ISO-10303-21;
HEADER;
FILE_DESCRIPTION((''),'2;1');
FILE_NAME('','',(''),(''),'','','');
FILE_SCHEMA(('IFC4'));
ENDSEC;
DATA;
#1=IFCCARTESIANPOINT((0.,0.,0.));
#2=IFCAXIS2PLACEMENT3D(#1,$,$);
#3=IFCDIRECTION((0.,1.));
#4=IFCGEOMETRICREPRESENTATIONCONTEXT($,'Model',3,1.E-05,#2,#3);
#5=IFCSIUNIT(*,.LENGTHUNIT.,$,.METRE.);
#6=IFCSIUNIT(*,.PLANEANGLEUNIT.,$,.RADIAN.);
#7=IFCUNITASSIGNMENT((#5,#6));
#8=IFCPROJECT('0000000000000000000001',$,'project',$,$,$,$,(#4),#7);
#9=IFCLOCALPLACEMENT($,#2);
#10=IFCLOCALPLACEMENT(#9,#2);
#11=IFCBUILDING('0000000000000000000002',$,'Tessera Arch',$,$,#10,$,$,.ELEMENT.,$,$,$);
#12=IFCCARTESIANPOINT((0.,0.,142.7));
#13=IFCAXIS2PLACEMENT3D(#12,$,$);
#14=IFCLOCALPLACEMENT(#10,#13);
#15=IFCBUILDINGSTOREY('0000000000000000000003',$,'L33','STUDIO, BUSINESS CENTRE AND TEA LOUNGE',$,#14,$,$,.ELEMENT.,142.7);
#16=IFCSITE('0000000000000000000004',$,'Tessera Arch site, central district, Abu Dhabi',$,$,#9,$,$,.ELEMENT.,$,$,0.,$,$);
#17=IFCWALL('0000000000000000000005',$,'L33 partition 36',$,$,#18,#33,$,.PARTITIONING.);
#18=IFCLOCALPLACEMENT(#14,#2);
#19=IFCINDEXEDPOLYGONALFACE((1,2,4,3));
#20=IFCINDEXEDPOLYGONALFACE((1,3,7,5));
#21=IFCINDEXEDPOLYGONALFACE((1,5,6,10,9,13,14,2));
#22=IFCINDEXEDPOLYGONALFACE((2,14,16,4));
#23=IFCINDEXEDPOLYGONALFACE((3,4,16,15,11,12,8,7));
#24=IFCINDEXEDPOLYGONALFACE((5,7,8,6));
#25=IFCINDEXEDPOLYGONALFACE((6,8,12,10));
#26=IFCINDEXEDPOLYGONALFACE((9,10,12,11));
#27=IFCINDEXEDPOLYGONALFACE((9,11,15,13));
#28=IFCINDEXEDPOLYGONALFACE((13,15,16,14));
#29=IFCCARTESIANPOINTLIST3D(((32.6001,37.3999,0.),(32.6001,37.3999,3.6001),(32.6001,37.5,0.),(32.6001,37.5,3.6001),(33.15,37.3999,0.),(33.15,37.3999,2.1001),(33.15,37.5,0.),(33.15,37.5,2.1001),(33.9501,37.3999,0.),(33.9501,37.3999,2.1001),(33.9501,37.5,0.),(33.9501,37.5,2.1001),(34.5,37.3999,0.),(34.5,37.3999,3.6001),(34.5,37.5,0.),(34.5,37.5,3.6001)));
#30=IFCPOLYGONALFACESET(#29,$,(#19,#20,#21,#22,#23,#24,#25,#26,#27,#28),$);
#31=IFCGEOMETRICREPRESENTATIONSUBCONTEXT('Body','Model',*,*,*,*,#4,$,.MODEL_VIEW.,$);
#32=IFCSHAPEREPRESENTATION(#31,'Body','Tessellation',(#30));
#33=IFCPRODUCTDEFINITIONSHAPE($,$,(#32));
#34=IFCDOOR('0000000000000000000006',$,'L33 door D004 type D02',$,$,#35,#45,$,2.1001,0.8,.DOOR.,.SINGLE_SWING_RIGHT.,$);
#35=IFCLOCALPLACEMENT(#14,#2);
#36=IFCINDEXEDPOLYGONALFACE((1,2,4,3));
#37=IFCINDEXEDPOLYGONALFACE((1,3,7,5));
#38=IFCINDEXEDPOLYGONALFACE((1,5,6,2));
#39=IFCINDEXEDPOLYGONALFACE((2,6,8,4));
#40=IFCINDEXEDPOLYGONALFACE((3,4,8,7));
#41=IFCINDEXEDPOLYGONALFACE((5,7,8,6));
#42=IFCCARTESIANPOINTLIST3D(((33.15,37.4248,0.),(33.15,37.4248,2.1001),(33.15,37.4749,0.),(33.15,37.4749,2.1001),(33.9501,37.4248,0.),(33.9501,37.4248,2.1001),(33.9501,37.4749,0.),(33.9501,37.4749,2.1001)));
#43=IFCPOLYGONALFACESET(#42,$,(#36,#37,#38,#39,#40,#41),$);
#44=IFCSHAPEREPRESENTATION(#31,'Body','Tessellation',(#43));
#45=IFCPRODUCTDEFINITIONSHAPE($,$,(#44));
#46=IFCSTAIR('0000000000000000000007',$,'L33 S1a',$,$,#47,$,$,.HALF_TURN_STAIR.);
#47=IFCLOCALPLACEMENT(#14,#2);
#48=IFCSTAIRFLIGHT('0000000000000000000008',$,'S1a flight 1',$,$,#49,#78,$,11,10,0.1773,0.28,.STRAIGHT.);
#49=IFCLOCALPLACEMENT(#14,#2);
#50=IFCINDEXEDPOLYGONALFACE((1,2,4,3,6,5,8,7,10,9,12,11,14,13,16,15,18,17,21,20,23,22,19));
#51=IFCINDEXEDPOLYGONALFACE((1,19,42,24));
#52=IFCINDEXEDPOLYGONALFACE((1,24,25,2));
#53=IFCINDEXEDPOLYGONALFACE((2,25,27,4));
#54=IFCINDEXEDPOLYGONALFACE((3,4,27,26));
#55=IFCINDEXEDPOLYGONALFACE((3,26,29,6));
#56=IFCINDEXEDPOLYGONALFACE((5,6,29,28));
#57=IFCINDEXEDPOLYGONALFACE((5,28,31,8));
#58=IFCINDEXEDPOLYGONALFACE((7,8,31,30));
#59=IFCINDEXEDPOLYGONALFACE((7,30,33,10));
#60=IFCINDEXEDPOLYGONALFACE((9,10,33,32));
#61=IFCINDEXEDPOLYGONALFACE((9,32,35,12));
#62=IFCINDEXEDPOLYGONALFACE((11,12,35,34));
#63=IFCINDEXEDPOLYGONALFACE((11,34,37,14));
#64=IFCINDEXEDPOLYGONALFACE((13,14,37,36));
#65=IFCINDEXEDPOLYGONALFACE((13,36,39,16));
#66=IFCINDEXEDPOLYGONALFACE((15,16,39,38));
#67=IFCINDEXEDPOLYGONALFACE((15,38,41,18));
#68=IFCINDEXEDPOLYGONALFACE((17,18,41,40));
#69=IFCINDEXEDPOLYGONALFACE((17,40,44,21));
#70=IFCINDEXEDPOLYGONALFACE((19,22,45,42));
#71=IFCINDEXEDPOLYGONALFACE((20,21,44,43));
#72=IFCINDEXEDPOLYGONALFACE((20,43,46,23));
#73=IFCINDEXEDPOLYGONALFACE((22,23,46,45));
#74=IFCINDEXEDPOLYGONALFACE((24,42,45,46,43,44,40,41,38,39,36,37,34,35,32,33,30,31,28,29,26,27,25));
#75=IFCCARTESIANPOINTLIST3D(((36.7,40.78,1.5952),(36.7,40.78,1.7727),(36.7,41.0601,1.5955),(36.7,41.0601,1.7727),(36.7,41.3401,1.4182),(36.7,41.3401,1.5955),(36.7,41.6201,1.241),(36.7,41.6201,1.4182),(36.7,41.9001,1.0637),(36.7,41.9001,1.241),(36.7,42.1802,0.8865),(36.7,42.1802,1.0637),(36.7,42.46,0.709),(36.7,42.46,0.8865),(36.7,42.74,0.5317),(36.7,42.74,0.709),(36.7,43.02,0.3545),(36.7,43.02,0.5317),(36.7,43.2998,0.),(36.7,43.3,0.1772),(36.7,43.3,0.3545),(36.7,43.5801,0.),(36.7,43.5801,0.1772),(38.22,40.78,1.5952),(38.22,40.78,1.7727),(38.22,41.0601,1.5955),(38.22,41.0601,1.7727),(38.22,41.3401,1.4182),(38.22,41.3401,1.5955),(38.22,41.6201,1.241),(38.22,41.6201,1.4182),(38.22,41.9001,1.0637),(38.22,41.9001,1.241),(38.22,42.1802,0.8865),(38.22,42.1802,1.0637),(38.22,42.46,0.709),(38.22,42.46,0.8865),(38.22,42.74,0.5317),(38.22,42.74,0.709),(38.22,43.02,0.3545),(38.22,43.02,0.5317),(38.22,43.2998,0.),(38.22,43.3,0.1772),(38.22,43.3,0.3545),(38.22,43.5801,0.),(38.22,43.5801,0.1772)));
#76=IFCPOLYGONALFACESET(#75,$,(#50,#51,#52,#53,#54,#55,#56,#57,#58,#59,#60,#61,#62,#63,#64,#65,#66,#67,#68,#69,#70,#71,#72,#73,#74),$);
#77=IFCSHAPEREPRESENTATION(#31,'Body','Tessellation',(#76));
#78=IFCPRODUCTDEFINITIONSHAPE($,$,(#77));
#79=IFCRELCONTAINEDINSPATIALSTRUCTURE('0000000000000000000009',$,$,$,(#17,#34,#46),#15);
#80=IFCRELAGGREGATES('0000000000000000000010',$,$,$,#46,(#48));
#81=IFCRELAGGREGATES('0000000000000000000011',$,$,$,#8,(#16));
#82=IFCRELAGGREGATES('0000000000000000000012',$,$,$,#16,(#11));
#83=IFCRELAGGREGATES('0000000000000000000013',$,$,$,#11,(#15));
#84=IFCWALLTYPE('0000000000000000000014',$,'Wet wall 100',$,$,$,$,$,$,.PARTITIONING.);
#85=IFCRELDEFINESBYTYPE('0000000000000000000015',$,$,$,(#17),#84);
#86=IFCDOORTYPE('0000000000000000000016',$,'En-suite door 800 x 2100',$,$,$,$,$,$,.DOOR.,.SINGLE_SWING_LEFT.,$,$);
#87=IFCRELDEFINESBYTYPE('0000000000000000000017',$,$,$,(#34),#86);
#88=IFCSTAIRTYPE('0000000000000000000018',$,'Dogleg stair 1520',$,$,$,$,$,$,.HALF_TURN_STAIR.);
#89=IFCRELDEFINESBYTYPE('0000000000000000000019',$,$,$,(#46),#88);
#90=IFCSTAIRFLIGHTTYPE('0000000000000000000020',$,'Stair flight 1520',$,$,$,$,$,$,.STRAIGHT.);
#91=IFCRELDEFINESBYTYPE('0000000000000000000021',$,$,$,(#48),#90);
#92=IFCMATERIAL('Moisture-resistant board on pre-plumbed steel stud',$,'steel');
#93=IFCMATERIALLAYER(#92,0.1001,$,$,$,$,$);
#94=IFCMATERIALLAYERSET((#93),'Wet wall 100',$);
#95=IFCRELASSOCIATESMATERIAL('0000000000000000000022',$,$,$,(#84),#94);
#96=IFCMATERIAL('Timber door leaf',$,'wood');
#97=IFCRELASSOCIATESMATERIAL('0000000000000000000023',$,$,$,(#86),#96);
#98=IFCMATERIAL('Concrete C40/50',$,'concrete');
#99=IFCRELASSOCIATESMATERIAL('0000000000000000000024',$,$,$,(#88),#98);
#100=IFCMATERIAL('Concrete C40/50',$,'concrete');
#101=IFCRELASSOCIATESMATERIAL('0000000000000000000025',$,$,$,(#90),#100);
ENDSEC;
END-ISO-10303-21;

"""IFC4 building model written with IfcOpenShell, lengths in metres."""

from ifc_helpers import new_model, si_unit, direction, frame, frame_2d, origin, place, context, subcontext, project, spatial, polyline, rectangle, outline, extrude, material, layer, layer_set, type_object, element, fill, aggregate, save


model = new_model("IFC4")

# Units and contexts
model_context = context("Model", 3, precision=1e-05, world=origin(), true_north=direction((0.0, 1.0)))
body_context = subcontext(model_context, "Body", "Model", "MODEL_VIEW")
ifc_project = project(units=[si_unit("LENGTHUNIT", "METRE"), si_unit("PLANEANGLEUNIT", "RADIAN")], contexts=[model_context])

# Site, building, storey
site_placement = place(None, origin())
site = spatial("IfcSite", under=ifc_project, at=site_placement, Name="Tessera Arch site, central district, Abu Dhabi", CompositionType="ELEMENT", RefElevation=0.0)
building_placement = place(site_placement, origin())
building = spatial("IfcBuilding", under=site, at=building_placement, Name="Tessera Arch", CompositionType="ELEMENT")
storey_placement = place(building_placement, frame((0.0, 0.0, 142.7)))
storey = spatial("IfcBuildingStorey", under=building, at=storey_placement, Name="L33", Description="STUDIO, BUSINESS CENTRE AND TEA LOUNGE", CompositionType="ELEMENT", Elevation=142.7)

# Wall, opening, door
ifc_material_1 = material(Name="Moisture-resistant board on pre-plumbed steel stud", Category="steel")
ifc_layer_1 = layer(ifc_material_1, 0.1001)
ifc_layer_set_1 = layer_set([ifc_layer_1], Name="Wet wall 100")
wall_type_1 = type_object("IfcWallType", Name="Wet wall 100", PredefinedType="PARTITIONING", material=ifc_layer_set_1)
wall_1_placement = place(storey_placement, frame((32.6001, 37.45, 0.0), z_axis=(0.0, 0.0, 1.0), x_axis=(1.0, 0.0, 0.0)))
wall_1 = element("IfcWall", 1, at=wall_1_placement, inside=storey, type_object=wall_type_1, Name="L33 partition 36", PredefinedType="PARTITIONING", context=body_context, shape_type="SweptSolid", body=[
    extrude(rectangle(XDim=1.8999, YDim=0.1001, at=frame_2d((0.95, 0.0))), origin(), (0.0, 0.0, 1.0), 3.6001),
])
opening_1_placement = place(wall_1_placement, frame((0.55, 0.0, 0.0)))
opening_1 = element("IfcOpeningElement", 2, at=opening_1_placement, cuts=wall_1, PredefinedType="OPENING", context=body_context, shape_type="SweptSolid", body=[
    extrude(rectangle(XDim=0.8, YDim=2.1001, at=frame_2d((0.3999, 1.05))), frame((0.0, 0.0601, 0.0), z_axis=(0.0, -1.0, 0.0), x_axis=(1.0, 0.0, 0.0)), (0.0, 0.0, 1.0), 0.1201),
])
ifc_material_2 = material(Name="Timber door leaf", Category="wood")
door_type_1 = type_object("IfcDoorType", Name="En-suite door 800 x 2100", OperationType="SINGLE_SWING_LEFT", PredefinedType="DOOR", material=ifc_material_2)
door_1_placement = place(opening_1_placement, origin())
door_1 = element("IfcDoor", 3, at=door_1_placement, inside=storey, type_object=door_type_1, Name="L33 door D004 type D02", OperationType="SINGLE_SWING_RIGHT", OverallHeight=2.1001, OverallWidth=0.8, PredefinedType="DOOR", context=body_context, shape_type="SweptSolid", body=[
    extrude(rectangle(XDim=0.8, YDim=2.1001, at=frame_2d((0.3999, 1.05))), frame((0.0, 0.0249, 0.0), z_axis=(0.0, -1.0, 0.0), x_axis=(1.0, 0.0, 0.0)), (0.0, 0.0, 1.0), 0.05),
])
fill(opening_1, door_1)

# Stair, stair flight
ifc_material_3 = material(Name="Concrete C40/50", Category="concrete")
stair_type = type_object("IfcStairType", Name="Dogleg stair 1520", PredefinedType="HALF_TURN_STAIR", material=ifc_material_3)
stair_placement = place(storey_placement, origin())
stair = element("IfcStair", 4, at=stair_placement, inside=storey, type_object=stair_type, Name="L33 S1a", PredefinedType="HALF_TURN_STAIR")
ifc_material_4 = material(Name="Concrete C40/50", Category="concrete")
stair_flight_type = type_object("IfcStairFlightType", Name="Stair flight 1520", PredefinedType="STRAIGHT", material=ifc_material_4)
stair_flight_placement = place(storey_placement, frame((37.46, 43.5801, 0.0), z_axis=(0.0, 0.0, 1.0), x_axis=(0.0, -1.0, 0.0)))
stair_flight = element("IfcStairFlight", 5, at=stair_flight_placement, type_object=stair_flight_type, Name="S1a flight 1", NumberOfRisers=11, NumberOfTreads=10, PredefinedType="STRAIGHT", RiserHeight=0.1773, TreadLength=0.28, context=body_context, shape_type="SweptSolid", body=[
    extrude(outline(polyline([(0.0, 0.0), (0.0, 0.1772), (0.28, 0.1772), (0.28, 0.3545), (0.5601, 0.3545), (0.5601, 0.5317), (0.8401, 0.5317), (0.8401, 0.709), (1.1201, 0.709), (1.1201, 0.8865), (1.3999, 0.8865), (1.3999, 1.0637), (1.6799, 1.0637), (1.6799, 1.241), (1.96, 1.241), (1.96, 1.4182), (2.24, 1.4182), (2.24, 1.5955), (2.52, 1.5955), (2.52, 1.7727), (2.8, 1.7727), (2.8, 1.95), (2.8, 1.5952), (0.2803, 0.0), (0.0, 0.0)])), frame((0.0, 0.76, 0.0), z_axis=(0.0, -1.0, 0.0), x_axis=(1.0, 0.0, 0.0)), (0.0, 0.0, 1.0), 1.52),
])
aggregate(stair, [stair_flight])

save(model, "model.ifc")
